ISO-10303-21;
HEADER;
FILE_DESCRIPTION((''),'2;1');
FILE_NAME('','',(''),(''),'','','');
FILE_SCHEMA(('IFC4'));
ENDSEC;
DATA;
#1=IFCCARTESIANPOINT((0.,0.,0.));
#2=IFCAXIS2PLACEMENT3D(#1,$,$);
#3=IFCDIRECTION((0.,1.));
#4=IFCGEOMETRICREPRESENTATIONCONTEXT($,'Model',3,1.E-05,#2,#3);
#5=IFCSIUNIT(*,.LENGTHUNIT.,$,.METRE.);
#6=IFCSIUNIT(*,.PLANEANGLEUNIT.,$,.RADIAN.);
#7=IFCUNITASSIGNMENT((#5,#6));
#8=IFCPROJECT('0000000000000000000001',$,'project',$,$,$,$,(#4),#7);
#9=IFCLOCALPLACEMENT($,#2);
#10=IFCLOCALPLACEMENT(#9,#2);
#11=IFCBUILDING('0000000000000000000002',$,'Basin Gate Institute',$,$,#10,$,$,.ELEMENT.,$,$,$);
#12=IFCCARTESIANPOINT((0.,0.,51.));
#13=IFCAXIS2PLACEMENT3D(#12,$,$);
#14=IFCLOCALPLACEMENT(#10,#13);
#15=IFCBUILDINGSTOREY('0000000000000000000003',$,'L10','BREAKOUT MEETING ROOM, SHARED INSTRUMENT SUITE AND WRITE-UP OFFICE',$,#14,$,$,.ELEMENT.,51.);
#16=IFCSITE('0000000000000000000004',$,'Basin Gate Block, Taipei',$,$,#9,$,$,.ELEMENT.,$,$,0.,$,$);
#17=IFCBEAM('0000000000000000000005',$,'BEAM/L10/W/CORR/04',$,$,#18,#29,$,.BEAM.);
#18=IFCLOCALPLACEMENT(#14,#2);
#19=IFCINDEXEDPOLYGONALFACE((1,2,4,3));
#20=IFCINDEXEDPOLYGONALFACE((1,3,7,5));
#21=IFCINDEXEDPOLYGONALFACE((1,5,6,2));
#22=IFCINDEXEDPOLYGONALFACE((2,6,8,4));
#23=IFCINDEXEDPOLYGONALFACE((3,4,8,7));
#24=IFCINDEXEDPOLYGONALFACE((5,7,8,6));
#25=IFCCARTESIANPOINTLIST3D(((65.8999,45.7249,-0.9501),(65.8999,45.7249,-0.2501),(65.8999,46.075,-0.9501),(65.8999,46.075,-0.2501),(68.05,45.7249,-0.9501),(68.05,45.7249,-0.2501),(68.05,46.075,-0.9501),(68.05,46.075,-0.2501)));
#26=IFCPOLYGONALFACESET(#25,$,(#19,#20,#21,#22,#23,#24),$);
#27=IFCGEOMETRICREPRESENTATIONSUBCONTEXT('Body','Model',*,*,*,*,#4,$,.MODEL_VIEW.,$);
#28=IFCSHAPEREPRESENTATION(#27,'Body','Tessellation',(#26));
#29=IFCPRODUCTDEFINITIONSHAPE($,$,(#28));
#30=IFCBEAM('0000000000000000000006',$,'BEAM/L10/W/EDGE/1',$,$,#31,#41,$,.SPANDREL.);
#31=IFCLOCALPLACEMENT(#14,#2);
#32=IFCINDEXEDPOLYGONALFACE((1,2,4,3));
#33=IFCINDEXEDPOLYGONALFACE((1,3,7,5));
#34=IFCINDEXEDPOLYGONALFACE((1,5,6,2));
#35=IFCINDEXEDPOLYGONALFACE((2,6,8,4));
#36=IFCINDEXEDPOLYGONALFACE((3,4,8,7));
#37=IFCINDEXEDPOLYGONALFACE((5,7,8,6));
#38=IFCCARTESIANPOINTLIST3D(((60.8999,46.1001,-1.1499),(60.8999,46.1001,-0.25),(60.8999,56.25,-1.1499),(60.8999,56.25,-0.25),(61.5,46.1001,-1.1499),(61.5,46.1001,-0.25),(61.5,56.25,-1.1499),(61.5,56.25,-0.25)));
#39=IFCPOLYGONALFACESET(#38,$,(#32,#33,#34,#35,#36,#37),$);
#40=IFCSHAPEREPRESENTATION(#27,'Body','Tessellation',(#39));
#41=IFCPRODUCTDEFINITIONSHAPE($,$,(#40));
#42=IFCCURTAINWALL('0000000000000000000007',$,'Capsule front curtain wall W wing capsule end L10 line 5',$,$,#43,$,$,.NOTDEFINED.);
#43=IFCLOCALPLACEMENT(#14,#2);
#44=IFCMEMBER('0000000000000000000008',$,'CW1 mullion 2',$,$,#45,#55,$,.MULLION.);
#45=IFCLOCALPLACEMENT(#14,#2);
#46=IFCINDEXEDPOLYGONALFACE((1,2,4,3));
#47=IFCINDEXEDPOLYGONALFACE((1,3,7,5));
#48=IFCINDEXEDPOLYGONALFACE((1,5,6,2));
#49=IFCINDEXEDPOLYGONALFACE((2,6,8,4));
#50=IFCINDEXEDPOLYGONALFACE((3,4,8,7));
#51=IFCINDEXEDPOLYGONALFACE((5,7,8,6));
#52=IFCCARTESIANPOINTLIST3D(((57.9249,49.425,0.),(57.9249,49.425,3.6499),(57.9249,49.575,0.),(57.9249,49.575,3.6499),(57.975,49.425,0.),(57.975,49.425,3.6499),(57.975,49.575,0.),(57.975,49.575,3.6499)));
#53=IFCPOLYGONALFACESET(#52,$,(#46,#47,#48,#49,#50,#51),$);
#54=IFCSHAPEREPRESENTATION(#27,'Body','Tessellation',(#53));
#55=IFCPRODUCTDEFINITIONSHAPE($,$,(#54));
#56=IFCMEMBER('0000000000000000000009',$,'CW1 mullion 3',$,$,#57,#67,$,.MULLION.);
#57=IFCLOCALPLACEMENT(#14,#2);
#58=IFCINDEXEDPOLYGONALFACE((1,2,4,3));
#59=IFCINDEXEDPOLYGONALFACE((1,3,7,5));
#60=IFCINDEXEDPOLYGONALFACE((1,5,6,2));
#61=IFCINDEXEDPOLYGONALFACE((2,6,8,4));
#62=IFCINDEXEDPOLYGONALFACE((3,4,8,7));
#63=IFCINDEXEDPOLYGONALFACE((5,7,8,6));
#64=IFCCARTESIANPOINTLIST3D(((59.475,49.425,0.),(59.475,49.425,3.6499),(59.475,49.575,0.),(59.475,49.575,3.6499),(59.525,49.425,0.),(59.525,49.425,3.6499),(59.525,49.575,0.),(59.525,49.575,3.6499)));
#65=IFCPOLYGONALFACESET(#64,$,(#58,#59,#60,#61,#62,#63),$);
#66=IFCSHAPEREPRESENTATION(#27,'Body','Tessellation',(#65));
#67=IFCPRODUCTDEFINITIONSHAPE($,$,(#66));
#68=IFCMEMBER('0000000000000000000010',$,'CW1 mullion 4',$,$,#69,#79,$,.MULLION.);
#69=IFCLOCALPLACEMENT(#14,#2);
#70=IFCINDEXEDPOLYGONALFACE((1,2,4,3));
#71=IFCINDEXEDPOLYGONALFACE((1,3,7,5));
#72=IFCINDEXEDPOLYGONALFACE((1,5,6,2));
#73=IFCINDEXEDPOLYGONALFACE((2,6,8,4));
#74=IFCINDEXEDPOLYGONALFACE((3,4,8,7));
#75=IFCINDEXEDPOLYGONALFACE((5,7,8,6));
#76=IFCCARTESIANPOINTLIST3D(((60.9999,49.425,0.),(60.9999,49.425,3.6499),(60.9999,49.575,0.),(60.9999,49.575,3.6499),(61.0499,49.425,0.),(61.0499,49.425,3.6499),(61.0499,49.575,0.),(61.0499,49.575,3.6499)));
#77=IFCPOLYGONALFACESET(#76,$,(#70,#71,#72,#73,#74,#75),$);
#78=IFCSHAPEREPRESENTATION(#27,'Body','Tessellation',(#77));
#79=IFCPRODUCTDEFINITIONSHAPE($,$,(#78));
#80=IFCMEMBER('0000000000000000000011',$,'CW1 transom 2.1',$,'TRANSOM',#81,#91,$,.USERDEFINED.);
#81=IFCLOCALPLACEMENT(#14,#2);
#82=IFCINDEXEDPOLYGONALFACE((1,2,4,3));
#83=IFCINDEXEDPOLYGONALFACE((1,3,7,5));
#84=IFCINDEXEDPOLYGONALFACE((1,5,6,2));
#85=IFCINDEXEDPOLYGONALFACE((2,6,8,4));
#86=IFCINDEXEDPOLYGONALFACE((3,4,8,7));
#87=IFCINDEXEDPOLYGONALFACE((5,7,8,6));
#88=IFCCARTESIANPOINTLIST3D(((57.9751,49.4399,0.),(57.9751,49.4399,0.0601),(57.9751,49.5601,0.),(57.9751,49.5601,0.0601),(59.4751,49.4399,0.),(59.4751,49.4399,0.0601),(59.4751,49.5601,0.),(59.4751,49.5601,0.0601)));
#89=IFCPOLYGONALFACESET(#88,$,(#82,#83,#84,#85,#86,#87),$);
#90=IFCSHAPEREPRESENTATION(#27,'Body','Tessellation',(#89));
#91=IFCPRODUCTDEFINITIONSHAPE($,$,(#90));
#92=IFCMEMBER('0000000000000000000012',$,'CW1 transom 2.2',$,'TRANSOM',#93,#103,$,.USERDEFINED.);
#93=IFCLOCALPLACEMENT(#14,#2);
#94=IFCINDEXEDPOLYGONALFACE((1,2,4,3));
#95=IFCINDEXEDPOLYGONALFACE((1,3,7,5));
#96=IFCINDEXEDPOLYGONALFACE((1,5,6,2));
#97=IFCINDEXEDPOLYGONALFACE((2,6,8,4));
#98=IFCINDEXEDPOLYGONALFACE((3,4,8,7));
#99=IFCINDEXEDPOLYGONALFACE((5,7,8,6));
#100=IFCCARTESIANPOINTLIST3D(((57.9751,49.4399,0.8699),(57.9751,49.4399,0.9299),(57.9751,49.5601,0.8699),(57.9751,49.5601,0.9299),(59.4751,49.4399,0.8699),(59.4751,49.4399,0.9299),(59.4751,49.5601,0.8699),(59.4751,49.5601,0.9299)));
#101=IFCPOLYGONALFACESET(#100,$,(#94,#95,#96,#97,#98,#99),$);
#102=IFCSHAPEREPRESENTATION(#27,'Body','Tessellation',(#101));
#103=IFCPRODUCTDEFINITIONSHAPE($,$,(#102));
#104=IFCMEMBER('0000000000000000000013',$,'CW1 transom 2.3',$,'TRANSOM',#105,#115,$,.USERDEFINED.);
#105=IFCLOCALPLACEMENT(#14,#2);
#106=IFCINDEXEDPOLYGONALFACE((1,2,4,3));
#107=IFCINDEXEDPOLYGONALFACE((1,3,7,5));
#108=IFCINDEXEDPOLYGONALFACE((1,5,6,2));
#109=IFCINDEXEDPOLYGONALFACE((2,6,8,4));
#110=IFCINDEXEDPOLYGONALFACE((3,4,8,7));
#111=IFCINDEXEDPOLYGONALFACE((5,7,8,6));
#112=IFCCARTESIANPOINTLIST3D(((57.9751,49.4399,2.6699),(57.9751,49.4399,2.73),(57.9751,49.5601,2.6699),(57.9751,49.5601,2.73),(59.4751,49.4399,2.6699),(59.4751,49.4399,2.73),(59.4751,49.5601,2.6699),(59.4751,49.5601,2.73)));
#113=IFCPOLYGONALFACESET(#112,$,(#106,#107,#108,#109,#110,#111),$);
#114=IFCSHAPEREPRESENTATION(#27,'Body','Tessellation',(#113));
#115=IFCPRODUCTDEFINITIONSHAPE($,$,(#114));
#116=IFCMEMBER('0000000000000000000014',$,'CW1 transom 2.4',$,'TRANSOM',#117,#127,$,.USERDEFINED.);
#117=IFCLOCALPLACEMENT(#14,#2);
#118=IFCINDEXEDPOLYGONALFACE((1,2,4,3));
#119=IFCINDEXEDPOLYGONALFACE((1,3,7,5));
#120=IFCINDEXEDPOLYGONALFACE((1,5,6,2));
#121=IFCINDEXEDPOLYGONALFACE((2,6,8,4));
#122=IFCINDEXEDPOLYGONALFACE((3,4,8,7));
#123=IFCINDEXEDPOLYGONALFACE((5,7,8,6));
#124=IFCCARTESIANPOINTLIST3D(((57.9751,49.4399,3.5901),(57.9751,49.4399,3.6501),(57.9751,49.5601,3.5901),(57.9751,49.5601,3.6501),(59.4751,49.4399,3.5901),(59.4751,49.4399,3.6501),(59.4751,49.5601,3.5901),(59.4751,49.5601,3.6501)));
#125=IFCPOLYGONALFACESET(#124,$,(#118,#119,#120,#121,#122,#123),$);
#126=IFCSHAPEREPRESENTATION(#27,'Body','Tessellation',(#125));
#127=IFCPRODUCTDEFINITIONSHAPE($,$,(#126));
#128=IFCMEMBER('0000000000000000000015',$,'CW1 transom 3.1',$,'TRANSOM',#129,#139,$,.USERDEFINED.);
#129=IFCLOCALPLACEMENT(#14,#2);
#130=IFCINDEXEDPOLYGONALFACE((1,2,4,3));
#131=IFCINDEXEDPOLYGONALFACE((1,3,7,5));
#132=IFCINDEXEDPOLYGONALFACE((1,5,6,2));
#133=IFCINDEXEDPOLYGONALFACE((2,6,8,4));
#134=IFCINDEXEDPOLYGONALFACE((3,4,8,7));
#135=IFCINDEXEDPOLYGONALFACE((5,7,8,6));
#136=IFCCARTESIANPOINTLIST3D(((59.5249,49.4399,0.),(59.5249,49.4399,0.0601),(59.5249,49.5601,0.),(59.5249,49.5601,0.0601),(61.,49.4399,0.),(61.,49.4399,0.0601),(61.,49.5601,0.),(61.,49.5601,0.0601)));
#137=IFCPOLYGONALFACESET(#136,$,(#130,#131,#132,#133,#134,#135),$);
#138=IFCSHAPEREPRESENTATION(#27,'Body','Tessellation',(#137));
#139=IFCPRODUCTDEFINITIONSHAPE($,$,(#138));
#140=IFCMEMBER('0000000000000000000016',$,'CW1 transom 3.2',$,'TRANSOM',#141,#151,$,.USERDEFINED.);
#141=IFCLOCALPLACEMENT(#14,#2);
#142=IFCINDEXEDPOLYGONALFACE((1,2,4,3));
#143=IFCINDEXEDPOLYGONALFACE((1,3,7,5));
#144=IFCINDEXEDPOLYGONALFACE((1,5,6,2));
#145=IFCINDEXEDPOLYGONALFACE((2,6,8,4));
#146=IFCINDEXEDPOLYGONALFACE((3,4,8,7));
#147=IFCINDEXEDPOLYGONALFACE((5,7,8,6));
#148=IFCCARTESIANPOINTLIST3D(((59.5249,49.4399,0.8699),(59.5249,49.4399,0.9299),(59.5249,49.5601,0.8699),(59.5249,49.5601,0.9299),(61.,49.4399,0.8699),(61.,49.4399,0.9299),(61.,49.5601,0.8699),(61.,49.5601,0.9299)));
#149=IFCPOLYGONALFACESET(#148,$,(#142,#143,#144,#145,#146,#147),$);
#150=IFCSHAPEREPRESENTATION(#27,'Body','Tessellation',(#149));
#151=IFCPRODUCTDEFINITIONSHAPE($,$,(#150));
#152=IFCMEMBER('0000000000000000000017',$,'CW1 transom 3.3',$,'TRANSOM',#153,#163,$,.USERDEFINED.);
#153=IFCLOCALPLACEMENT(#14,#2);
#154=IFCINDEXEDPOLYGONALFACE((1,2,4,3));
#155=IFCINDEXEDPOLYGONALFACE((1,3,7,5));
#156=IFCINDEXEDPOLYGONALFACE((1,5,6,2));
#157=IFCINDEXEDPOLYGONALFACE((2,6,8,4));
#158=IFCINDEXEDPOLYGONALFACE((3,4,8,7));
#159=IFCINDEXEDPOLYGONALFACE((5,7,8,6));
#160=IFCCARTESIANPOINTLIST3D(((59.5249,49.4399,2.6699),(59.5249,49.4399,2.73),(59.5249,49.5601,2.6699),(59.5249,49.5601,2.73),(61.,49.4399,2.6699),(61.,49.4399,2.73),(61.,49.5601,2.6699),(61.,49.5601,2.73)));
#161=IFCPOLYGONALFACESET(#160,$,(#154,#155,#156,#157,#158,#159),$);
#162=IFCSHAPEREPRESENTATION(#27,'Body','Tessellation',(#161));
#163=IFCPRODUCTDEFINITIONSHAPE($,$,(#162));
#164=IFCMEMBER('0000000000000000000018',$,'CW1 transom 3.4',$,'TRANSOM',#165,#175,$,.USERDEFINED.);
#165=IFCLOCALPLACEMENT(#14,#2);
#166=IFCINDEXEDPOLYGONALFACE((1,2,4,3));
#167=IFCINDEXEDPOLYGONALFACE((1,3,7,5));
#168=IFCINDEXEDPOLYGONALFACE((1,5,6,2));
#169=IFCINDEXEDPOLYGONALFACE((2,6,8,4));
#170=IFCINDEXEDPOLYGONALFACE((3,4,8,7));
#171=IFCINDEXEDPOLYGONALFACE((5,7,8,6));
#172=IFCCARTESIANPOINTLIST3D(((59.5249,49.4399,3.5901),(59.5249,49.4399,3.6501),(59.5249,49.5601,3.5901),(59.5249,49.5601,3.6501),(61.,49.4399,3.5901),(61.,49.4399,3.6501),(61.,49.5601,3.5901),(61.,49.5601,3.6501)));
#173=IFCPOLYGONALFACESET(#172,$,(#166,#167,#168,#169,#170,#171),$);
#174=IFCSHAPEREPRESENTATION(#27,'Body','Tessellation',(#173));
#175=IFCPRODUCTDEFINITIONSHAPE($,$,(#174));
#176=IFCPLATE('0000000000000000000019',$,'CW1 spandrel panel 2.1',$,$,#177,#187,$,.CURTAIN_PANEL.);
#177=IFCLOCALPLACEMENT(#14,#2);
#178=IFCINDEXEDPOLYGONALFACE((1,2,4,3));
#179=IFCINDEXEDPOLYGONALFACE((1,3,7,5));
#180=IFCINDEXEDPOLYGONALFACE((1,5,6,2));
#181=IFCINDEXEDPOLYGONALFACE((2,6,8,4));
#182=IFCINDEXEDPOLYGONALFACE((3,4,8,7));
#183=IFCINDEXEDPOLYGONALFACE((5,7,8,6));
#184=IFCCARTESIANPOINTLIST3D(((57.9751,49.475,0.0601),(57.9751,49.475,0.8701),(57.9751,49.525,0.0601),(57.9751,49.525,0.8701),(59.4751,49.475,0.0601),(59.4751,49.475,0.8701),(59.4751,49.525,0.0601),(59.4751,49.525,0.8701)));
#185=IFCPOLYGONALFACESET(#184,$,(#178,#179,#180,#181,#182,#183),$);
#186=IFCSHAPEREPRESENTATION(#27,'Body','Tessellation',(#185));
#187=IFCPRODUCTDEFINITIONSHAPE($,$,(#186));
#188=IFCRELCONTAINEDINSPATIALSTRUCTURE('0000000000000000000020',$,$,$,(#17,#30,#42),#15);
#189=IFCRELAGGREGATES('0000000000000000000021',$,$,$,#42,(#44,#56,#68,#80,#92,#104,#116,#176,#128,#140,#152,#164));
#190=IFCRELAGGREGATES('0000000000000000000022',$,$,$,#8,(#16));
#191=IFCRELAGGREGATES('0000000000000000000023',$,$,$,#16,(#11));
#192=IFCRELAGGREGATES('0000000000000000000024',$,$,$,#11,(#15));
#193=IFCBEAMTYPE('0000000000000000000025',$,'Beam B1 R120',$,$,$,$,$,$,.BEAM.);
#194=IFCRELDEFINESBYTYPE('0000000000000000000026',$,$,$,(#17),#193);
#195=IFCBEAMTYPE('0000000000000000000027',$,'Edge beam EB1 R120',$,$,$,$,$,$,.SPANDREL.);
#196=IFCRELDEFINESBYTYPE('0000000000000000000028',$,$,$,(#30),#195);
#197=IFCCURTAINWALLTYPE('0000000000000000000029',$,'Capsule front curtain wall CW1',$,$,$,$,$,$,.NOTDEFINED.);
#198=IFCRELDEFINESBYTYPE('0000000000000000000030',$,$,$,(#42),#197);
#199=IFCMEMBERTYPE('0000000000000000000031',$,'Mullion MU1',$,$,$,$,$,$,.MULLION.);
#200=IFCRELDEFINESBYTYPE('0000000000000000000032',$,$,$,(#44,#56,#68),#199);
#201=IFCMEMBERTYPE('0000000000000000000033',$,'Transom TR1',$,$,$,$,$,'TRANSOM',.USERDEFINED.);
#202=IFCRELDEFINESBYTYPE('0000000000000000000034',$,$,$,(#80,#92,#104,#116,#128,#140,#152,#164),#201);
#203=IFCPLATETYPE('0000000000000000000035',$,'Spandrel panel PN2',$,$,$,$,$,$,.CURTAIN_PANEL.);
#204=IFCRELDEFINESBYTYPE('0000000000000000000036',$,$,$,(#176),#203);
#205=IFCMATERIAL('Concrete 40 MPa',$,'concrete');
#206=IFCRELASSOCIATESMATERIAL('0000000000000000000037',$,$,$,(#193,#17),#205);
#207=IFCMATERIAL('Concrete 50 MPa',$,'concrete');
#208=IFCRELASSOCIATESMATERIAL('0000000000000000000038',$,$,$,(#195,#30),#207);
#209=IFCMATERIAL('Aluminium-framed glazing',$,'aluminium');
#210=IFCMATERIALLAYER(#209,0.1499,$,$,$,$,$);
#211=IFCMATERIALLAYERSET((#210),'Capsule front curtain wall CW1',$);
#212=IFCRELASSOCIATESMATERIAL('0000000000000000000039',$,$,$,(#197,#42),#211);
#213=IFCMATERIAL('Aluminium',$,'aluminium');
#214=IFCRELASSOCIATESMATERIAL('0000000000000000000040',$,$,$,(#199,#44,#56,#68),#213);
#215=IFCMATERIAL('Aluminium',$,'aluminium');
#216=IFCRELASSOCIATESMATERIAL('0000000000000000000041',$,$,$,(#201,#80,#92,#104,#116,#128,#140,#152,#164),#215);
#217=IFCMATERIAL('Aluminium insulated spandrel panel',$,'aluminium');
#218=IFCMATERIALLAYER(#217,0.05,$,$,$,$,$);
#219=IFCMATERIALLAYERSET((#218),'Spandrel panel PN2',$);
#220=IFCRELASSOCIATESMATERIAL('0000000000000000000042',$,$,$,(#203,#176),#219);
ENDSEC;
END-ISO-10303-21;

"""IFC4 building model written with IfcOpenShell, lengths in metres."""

from ifc_helpers import new_model, si_unit, direction, frame, origin, origin_2d, place, context, subcontext, project, spatial, rectangle, extrude, material, layer, layer_set, material_profile, profile_set, type_object, element, aggregate, save


model = new_model("IFC4")

# Units and contexts
model_context = context("Model", 3, precision=1e-05, world=origin(), true_north=direction((0.0, 1.0)))
body_context = subcontext(model_context, "Body", "Model", "MODEL_VIEW")
ifc_project = project(units=[si_unit("LENGTHUNIT", "METRE"), si_unit("PLANEANGLEUNIT", "RADIAN")], contexts=[model_context])

# Site, building, storey
site_placement = place(None, origin())
site = spatial("IfcSite", under=ifc_project, at=site_placement, Name="Basin Gate Block, Taipei", CompositionType="ELEMENT", RefElevation=0.0)
building_placement = place(site_placement, origin())
building = spatial("IfcBuilding", under=site, at=building_placement, Name="Basin Gate Institute", CompositionType="ELEMENT")
storey_placement = place(building_placement, frame((0.0, 0.0, 51.0)))
storey = spatial("IfcBuildingStorey", under=building, at=storey_placement, Name="L10", Description="BREAKOUT MEETING ROOM, SHARED INSTRUMENT SUITE AND WRITE-UP OFFICE", CompositionType="ELEMENT", Elevation=51.0)

# Beams
ifc_material_1 = material(Name="Concrete 40 MPa", Category="concrete")
ifc_material_profile_1 = material_profile(ifc_material_1, rectangle(XDim=0.3501, YDim=0.7, at=origin_2d()), Name="Beam B1 350 x 700")
ifc_profile_set_1 = profile_set([ifc_material_profile_1], Name="Concrete 40 MPa")
beam_type_1 = type_object("IfcBeamType", Name="Beam B1 R120", PredefinedType="BEAM", material=ifc_profile_set_1)
beam_1_placement = place(storey_placement, frame((65.8999, 45.8999, -0.6001), z_axis=(1.0, 0.0, 0.0), x_axis=(0.0, 1.0, 0.0)))
element("IfcBeam", 1, at=beam_1_placement, inside=storey, type_object=beam_type_1, material=ifc_profile_set_1, Name="BEAM/L10/W/CORR/04", PredefinedType="BEAM", context=body_context, shape_type="SweptSolid", body=[
    extrude(rectangle(XDim=0.3501, YDim=0.7, at=origin_2d()), origin(), (0.0, 0.0, 1.0), 2.1501),
])
ifc_material_2 = material(Name="Concrete 50 MPa", Category="concrete")
ifc_material_profile_2 = material_profile(ifc_material_2, rectangle(XDim=0.6001, YDim=0.8999, at=origin_2d()), Name="Edge beam EB1 600 x 900")
ifc_profile_set_2 = profile_set([ifc_material_profile_2], Name="Concrete 50 MPa")
beam_type_2 = type_object("IfcBeamType", Name="Edge beam EB1 R120", PredefinedType="SPANDREL", material=ifc_profile_set_2)
beam_2_placement = place(storey_placement, frame((61.2, 46.1001, -0.7), z_axis=(0.0, 1.0, 0.0), x_axis=(-1.0, 0.0, 0.0)))
element("IfcBeam", 2, at=beam_2_placement, inside=storey, type_object=beam_type_2, material=ifc_profile_set_2, Name="BEAM/L10/W/EDGE/1", PredefinedType="SPANDREL", context=body_context, shape_type="SweptSolid", body=[
    extrude(rectangle(XDim=0.6001, YDim=0.8999, at=origin_2d()), origin(), (0.0, 0.0, 1.0), 10.1499),
])

# Curtain wall, members, plate
ifc_material_3 = material(Name="Aluminium-framed glazing", Category="aluminium")
ifc_layer_1 = layer(ifc_material_3, 0.1499)
ifc_layer_set_1 = layer_set([ifc_layer_1], Name="Capsule front curtain wall CW1")
curtain_wall_type = type_object("IfcCurtainWallType", Name="Capsule front curtain wall CW1", PredefinedType="NOTDEFINED", material=ifc_layer_set_1)
curtain_wall_placement = place(storey_placement, origin())
curtain_wall = element("IfcCurtainWall", 3, at=curtain_wall_placement, inside=storey, type_object=curtain_wall_type, material=ifc_layer_set_1, Name="Capsule front curtain wall W wing capsule end L10 line 5", PredefinedType="NOTDEFINED")
ifc_material_4 = material(Name="Aluminium", Category="aluminium")
ifc_material_profile_3 = material_profile(ifc_material_4, rectangle(XDim=0.1499, YDim=0.05, at=origin_2d()), Name="Mullion MU1 150 x 50")
ifc_profile_set_3 = profile_set([ifc_material_profile_3], Name="Aluminium")
member_type_1 = type_object("IfcMemberType", Name="Mullion MU1", PredefinedType="MULLION", material=ifc_profile_set_3)
member_1_placement = place(storey_placement, frame((57.95, 49.5, 0.0), z_axis=(0.0, 0.0, 1.0), x_axis=(0.0, 1.0, 0.0)))
member_1 = element("IfcMember", 4, at=member_1_placement, type_object=member_type_1, material=ifc_profile_set_3, Name="CW1 mullion 2", PredefinedType="MULLION", context=body_context, shape_type="SweptSolid", body=[
    extrude(rectangle(XDim=0.1499, YDim=0.05, at=origin_2d()), origin(), (0.0, 0.0, 1.0), 3.6499),
])
member_2_placement = place(storey_placement, frame((59.5, 49.5, 0.0), z_axis=(0.0, 0.0, 1.0), x_axis=(0.0, 1.0, 0.0)))
member_2 = element("IfcMember", 5, at=member_2_placement, type_object=member_type_1, material=ifc_profile_set_3, Name="CW1 mullion 3", PredefinedType="MULLION", context=body_context, shape_type="SweptSolid", body=[
    extrude(rectangle(XDim=0.1499, YDim=0.05, at=origin_2d()), origin(), (0.0, 0.0, 1.0), 3.6499),
])
member_3_placement = place(storey_placement, frame((61.0249, 49.5, 0.0), z_axis=(0.0, 0.0, 1.0), x_axis=(0.0, 1.0, 0.0)))
member_3 = element("IfcMember", 6, at=member_3_placement, type_object=member_type_1, material=ifc_profile_set_3, Name="CW1 mullion 4", PredefinedType="MULLION", context=body_context, shape_type="SweptSolid", body=[
    extrude(rectangle(XDim=0.1499, YDim=0.05, at=origin_2d()), origin(), (0.0, 0.0, 1.0), 3.6499),
])
ifc_material_5 = material(Name="Aluminium", Category="aluminium")
ifc_material_profile_4 = material_profile(ifc_material_5, rectangle(XDim=0.1201, YDim=0.0601, at=origin_2d()), Name="Transom TR1 120 x 60")
ifc_profile_set_4 = profile_set([ifc_material_profile_4], Name="Aluminium")
member_type_2 = type_object("IfcMemberType", Name="Transom TR1", ElementType="TRANSOM", PredefinedType="USERDEFINED", material=ifc_profile_set_4)
member_4_placement = place(storey_placement, frame((57.9751, 49.5, 0.03), z_axis=(1.0, 0.0, 0.0), x_axis=(0.0, 1.0, 0.0)))
member_4 = element("IfcMember", 7, at=member_4_placement, type_object=member_type_2, material=ifc_profile_set_4, Name="CW1 transom 2.1", ObjectType="TRANSOM", PredefinedType="USERDEFINED", context=body_context, shape_type="SweptSolid", body=[
    extrude(rectangle(XDim=0.1201, YDim=0.0601, at=origin_2d()), origin(), (0.0, 0.0, 1.0), 1.5),
])
member_5_placement = place(storey_placement, frame((57.9751, 49.5, 0.8999), z_axis=(1.0, 0.0, 0.0), x_axis=(0.0, 1.0, 0.0)))
member_5 = element("IfcMember", 8, at=member_5_placement, type_object=member_type_2, material=ifc_profile_set_4, Name="CW1 transom 2.2", ObjectType="TRANSOM", PredefinedType="USERDEFINED", context=body_context, shape_type="SweptSolid", body=[
    extrude(rectangle(XDim=0.1201, YDim=0.0601, at=origin_2d()), origin(), (0.0, 0.0, 1.0), 1.5),
])
member_6_placement = place(storey_placement, frame((57.9751, 49.5, 2.7), z_axis=(1.0, 0.0, 0.0), x_axis=(0.0, 1.0, 0.0)))
member_6 = element("IfcMember", 9, at=member_6_placement, type_object=member_type_2, material=ifc_profile_set_4, Name="CW1 transom 2.3", ObjectType="TRANSOM", PredefinedType="USERDEFINED", context=body_context, shape_type="SweptSolid", body=[
    extrude(rectangle(XDim=0.1201, YDim=0.0601, at=origin_2d()), origin(), (0.0, 0.0, 1.0), 1.5),
])
member_7_placement = place(storey_placement, frame((57.9751, 49.5, 3.6201), z_axis=(1.0, 0.0, 0.0), x_axis=(0.0, 1.0, 0.0)))
member_7 = element("IfcMember", 10, at=member_7_placement, type_object=member_type_2, material=ifc_profile_set_4, Name="CW1 transom 2.4", ObjectType="TRANSOM", PredefinedType="USERDEFINED", context=body_context, shape_type="SweptSolid", body=[
    extrude(rectangle(XDim=0.1201, YDim=0.0601, at=origin_2d()), origin(), (0.0, 0.0, 1.0), 1.5),
])
member_8_placement = place(storey_placement, frame((59.5249, 49.5, 0.03), z_axis=(1.0, 0.0, 0.0), x_axis=(0.0, 1.0, 0.0)))
member_8 = element("IfcMember", 11, at=member_8_placement, type_object=member_type_2, material=ifc_profile_set_4, Name="CW1 transom 3.1", ObjectType="TRANSOM", PredefinedType="USERDEFINED", context=body_context, shape_type="SweptSolid", body=[
    extrude(rectangle(XDim=0.1201, YDim=0.0601, at=origin_2d()), origin(), (0.0, 0.0, 1.0), 1.4751),
])
member_9_placement = place(storey_placement, frame((59.5249, 49.5, 0.8999), z_axis=(1.0, 0.0, 0.0), x_axis=(0.0, 1.0, 0.0)))
member_9 = element("IfcMember", 12, at=member_9_placement, type_object=member_type_2, material=ifc_profile_set_4, Name="CW1 transom 3.2", ObjectType="TRANSOM", PredefinedType="USERDEFINED", context=body_context, shape_type="SweptSolid", body=[
    extrude(rectangle(XDim=0.1201, YDim=0.0601, at=origin_2d()), origin(), (0.0, 0.0, 1.0), 1.4751),
])
member_10_placement = place(storey_placement, frame((59.5249, 49.5, 2.7), z_axis=(1.0, 0.0, 0.0), x_axis=(0.0, 1.0, 0.0)))
member_10 = element("IfcMember", 13, at=member_10_placement, type_object=member_type_2, material=ifc_profile_set_4, Name="CW1 transom 3.3", ObjectType="TRANSOM", PredefinedType="USERDEFINED", context=body_context, shape_type="SweptSolid", body=[
    extrude(rectangle(XDim=0.1201, YDim=0.0601, at=origin_2d()), origin(), (0.0, 0.0, 1.0), 1.4751),
])
member_11_placement = place(storey_placement, frame((59.5249, 49.5, 3.6201), z_axis=(1.0, 0.0, 0.0), x_axis=(0.0, 1.0, 0.0)))
member_11 = element("IfcMember", 14, at=member_11_placement, type_object=member_type_2, material=ifc_profile_set_4, Name="CW1 transom 3.4", ObjectType="TRANSOM", PredefinedType="USERDEFINED", context=body_context, shape_type="SweptSolid", body=[
    extrude(rectangle(XDim=0.1201, YDim=0.0601, at=origin_2d()), origin(), (0.0, 0.0, 1.0), 1.4751),
])
ifc_material_6 = material(Name="Aluminium insulated spandrel panel", Category="aluminium")
ifc_layer_2 = layer(ifc_material_6, 0.05)
ifc_layer_set_2 = layer_set([ifc_layer_2], Name="Spandrel panel PN2")
plate_type_1 = type_object("IfcPlateType", Name="Spandrel panel PN2", PredefinedType="CURTAIN_PANEL", material=ifc_layer_set_2)
plate_1_placement = place(storey_placement, frame((58.7251, 49.5, 0.0601), z_axis=(0.0, 0.0, 1.0), x_axis=(1.0, 0.0, 0.0)))
plate_1 = element("IfcPlate", 15, at=plate_1_placement, type_object=plate_type_1, material=ifc_layer_set_2, Name="CW1 spandrel panel 2.1", PredefinedType="CURTAIN_PANEL", context=body_context, shape_type="SweptSolid", body=[
    extrude(rectangle(XDim=1.5, YDim=0.05, at=origin_2d()), origin(), (0.0, 0.0, 1.0), 0.8101),
])
aggregate(curtain_wall, [member_1, member_2, member_3, member_4, member_5, member_6, member_7, plate_1, member_8, member_9, member_10, member_11])

save(model, "model.ifc")
